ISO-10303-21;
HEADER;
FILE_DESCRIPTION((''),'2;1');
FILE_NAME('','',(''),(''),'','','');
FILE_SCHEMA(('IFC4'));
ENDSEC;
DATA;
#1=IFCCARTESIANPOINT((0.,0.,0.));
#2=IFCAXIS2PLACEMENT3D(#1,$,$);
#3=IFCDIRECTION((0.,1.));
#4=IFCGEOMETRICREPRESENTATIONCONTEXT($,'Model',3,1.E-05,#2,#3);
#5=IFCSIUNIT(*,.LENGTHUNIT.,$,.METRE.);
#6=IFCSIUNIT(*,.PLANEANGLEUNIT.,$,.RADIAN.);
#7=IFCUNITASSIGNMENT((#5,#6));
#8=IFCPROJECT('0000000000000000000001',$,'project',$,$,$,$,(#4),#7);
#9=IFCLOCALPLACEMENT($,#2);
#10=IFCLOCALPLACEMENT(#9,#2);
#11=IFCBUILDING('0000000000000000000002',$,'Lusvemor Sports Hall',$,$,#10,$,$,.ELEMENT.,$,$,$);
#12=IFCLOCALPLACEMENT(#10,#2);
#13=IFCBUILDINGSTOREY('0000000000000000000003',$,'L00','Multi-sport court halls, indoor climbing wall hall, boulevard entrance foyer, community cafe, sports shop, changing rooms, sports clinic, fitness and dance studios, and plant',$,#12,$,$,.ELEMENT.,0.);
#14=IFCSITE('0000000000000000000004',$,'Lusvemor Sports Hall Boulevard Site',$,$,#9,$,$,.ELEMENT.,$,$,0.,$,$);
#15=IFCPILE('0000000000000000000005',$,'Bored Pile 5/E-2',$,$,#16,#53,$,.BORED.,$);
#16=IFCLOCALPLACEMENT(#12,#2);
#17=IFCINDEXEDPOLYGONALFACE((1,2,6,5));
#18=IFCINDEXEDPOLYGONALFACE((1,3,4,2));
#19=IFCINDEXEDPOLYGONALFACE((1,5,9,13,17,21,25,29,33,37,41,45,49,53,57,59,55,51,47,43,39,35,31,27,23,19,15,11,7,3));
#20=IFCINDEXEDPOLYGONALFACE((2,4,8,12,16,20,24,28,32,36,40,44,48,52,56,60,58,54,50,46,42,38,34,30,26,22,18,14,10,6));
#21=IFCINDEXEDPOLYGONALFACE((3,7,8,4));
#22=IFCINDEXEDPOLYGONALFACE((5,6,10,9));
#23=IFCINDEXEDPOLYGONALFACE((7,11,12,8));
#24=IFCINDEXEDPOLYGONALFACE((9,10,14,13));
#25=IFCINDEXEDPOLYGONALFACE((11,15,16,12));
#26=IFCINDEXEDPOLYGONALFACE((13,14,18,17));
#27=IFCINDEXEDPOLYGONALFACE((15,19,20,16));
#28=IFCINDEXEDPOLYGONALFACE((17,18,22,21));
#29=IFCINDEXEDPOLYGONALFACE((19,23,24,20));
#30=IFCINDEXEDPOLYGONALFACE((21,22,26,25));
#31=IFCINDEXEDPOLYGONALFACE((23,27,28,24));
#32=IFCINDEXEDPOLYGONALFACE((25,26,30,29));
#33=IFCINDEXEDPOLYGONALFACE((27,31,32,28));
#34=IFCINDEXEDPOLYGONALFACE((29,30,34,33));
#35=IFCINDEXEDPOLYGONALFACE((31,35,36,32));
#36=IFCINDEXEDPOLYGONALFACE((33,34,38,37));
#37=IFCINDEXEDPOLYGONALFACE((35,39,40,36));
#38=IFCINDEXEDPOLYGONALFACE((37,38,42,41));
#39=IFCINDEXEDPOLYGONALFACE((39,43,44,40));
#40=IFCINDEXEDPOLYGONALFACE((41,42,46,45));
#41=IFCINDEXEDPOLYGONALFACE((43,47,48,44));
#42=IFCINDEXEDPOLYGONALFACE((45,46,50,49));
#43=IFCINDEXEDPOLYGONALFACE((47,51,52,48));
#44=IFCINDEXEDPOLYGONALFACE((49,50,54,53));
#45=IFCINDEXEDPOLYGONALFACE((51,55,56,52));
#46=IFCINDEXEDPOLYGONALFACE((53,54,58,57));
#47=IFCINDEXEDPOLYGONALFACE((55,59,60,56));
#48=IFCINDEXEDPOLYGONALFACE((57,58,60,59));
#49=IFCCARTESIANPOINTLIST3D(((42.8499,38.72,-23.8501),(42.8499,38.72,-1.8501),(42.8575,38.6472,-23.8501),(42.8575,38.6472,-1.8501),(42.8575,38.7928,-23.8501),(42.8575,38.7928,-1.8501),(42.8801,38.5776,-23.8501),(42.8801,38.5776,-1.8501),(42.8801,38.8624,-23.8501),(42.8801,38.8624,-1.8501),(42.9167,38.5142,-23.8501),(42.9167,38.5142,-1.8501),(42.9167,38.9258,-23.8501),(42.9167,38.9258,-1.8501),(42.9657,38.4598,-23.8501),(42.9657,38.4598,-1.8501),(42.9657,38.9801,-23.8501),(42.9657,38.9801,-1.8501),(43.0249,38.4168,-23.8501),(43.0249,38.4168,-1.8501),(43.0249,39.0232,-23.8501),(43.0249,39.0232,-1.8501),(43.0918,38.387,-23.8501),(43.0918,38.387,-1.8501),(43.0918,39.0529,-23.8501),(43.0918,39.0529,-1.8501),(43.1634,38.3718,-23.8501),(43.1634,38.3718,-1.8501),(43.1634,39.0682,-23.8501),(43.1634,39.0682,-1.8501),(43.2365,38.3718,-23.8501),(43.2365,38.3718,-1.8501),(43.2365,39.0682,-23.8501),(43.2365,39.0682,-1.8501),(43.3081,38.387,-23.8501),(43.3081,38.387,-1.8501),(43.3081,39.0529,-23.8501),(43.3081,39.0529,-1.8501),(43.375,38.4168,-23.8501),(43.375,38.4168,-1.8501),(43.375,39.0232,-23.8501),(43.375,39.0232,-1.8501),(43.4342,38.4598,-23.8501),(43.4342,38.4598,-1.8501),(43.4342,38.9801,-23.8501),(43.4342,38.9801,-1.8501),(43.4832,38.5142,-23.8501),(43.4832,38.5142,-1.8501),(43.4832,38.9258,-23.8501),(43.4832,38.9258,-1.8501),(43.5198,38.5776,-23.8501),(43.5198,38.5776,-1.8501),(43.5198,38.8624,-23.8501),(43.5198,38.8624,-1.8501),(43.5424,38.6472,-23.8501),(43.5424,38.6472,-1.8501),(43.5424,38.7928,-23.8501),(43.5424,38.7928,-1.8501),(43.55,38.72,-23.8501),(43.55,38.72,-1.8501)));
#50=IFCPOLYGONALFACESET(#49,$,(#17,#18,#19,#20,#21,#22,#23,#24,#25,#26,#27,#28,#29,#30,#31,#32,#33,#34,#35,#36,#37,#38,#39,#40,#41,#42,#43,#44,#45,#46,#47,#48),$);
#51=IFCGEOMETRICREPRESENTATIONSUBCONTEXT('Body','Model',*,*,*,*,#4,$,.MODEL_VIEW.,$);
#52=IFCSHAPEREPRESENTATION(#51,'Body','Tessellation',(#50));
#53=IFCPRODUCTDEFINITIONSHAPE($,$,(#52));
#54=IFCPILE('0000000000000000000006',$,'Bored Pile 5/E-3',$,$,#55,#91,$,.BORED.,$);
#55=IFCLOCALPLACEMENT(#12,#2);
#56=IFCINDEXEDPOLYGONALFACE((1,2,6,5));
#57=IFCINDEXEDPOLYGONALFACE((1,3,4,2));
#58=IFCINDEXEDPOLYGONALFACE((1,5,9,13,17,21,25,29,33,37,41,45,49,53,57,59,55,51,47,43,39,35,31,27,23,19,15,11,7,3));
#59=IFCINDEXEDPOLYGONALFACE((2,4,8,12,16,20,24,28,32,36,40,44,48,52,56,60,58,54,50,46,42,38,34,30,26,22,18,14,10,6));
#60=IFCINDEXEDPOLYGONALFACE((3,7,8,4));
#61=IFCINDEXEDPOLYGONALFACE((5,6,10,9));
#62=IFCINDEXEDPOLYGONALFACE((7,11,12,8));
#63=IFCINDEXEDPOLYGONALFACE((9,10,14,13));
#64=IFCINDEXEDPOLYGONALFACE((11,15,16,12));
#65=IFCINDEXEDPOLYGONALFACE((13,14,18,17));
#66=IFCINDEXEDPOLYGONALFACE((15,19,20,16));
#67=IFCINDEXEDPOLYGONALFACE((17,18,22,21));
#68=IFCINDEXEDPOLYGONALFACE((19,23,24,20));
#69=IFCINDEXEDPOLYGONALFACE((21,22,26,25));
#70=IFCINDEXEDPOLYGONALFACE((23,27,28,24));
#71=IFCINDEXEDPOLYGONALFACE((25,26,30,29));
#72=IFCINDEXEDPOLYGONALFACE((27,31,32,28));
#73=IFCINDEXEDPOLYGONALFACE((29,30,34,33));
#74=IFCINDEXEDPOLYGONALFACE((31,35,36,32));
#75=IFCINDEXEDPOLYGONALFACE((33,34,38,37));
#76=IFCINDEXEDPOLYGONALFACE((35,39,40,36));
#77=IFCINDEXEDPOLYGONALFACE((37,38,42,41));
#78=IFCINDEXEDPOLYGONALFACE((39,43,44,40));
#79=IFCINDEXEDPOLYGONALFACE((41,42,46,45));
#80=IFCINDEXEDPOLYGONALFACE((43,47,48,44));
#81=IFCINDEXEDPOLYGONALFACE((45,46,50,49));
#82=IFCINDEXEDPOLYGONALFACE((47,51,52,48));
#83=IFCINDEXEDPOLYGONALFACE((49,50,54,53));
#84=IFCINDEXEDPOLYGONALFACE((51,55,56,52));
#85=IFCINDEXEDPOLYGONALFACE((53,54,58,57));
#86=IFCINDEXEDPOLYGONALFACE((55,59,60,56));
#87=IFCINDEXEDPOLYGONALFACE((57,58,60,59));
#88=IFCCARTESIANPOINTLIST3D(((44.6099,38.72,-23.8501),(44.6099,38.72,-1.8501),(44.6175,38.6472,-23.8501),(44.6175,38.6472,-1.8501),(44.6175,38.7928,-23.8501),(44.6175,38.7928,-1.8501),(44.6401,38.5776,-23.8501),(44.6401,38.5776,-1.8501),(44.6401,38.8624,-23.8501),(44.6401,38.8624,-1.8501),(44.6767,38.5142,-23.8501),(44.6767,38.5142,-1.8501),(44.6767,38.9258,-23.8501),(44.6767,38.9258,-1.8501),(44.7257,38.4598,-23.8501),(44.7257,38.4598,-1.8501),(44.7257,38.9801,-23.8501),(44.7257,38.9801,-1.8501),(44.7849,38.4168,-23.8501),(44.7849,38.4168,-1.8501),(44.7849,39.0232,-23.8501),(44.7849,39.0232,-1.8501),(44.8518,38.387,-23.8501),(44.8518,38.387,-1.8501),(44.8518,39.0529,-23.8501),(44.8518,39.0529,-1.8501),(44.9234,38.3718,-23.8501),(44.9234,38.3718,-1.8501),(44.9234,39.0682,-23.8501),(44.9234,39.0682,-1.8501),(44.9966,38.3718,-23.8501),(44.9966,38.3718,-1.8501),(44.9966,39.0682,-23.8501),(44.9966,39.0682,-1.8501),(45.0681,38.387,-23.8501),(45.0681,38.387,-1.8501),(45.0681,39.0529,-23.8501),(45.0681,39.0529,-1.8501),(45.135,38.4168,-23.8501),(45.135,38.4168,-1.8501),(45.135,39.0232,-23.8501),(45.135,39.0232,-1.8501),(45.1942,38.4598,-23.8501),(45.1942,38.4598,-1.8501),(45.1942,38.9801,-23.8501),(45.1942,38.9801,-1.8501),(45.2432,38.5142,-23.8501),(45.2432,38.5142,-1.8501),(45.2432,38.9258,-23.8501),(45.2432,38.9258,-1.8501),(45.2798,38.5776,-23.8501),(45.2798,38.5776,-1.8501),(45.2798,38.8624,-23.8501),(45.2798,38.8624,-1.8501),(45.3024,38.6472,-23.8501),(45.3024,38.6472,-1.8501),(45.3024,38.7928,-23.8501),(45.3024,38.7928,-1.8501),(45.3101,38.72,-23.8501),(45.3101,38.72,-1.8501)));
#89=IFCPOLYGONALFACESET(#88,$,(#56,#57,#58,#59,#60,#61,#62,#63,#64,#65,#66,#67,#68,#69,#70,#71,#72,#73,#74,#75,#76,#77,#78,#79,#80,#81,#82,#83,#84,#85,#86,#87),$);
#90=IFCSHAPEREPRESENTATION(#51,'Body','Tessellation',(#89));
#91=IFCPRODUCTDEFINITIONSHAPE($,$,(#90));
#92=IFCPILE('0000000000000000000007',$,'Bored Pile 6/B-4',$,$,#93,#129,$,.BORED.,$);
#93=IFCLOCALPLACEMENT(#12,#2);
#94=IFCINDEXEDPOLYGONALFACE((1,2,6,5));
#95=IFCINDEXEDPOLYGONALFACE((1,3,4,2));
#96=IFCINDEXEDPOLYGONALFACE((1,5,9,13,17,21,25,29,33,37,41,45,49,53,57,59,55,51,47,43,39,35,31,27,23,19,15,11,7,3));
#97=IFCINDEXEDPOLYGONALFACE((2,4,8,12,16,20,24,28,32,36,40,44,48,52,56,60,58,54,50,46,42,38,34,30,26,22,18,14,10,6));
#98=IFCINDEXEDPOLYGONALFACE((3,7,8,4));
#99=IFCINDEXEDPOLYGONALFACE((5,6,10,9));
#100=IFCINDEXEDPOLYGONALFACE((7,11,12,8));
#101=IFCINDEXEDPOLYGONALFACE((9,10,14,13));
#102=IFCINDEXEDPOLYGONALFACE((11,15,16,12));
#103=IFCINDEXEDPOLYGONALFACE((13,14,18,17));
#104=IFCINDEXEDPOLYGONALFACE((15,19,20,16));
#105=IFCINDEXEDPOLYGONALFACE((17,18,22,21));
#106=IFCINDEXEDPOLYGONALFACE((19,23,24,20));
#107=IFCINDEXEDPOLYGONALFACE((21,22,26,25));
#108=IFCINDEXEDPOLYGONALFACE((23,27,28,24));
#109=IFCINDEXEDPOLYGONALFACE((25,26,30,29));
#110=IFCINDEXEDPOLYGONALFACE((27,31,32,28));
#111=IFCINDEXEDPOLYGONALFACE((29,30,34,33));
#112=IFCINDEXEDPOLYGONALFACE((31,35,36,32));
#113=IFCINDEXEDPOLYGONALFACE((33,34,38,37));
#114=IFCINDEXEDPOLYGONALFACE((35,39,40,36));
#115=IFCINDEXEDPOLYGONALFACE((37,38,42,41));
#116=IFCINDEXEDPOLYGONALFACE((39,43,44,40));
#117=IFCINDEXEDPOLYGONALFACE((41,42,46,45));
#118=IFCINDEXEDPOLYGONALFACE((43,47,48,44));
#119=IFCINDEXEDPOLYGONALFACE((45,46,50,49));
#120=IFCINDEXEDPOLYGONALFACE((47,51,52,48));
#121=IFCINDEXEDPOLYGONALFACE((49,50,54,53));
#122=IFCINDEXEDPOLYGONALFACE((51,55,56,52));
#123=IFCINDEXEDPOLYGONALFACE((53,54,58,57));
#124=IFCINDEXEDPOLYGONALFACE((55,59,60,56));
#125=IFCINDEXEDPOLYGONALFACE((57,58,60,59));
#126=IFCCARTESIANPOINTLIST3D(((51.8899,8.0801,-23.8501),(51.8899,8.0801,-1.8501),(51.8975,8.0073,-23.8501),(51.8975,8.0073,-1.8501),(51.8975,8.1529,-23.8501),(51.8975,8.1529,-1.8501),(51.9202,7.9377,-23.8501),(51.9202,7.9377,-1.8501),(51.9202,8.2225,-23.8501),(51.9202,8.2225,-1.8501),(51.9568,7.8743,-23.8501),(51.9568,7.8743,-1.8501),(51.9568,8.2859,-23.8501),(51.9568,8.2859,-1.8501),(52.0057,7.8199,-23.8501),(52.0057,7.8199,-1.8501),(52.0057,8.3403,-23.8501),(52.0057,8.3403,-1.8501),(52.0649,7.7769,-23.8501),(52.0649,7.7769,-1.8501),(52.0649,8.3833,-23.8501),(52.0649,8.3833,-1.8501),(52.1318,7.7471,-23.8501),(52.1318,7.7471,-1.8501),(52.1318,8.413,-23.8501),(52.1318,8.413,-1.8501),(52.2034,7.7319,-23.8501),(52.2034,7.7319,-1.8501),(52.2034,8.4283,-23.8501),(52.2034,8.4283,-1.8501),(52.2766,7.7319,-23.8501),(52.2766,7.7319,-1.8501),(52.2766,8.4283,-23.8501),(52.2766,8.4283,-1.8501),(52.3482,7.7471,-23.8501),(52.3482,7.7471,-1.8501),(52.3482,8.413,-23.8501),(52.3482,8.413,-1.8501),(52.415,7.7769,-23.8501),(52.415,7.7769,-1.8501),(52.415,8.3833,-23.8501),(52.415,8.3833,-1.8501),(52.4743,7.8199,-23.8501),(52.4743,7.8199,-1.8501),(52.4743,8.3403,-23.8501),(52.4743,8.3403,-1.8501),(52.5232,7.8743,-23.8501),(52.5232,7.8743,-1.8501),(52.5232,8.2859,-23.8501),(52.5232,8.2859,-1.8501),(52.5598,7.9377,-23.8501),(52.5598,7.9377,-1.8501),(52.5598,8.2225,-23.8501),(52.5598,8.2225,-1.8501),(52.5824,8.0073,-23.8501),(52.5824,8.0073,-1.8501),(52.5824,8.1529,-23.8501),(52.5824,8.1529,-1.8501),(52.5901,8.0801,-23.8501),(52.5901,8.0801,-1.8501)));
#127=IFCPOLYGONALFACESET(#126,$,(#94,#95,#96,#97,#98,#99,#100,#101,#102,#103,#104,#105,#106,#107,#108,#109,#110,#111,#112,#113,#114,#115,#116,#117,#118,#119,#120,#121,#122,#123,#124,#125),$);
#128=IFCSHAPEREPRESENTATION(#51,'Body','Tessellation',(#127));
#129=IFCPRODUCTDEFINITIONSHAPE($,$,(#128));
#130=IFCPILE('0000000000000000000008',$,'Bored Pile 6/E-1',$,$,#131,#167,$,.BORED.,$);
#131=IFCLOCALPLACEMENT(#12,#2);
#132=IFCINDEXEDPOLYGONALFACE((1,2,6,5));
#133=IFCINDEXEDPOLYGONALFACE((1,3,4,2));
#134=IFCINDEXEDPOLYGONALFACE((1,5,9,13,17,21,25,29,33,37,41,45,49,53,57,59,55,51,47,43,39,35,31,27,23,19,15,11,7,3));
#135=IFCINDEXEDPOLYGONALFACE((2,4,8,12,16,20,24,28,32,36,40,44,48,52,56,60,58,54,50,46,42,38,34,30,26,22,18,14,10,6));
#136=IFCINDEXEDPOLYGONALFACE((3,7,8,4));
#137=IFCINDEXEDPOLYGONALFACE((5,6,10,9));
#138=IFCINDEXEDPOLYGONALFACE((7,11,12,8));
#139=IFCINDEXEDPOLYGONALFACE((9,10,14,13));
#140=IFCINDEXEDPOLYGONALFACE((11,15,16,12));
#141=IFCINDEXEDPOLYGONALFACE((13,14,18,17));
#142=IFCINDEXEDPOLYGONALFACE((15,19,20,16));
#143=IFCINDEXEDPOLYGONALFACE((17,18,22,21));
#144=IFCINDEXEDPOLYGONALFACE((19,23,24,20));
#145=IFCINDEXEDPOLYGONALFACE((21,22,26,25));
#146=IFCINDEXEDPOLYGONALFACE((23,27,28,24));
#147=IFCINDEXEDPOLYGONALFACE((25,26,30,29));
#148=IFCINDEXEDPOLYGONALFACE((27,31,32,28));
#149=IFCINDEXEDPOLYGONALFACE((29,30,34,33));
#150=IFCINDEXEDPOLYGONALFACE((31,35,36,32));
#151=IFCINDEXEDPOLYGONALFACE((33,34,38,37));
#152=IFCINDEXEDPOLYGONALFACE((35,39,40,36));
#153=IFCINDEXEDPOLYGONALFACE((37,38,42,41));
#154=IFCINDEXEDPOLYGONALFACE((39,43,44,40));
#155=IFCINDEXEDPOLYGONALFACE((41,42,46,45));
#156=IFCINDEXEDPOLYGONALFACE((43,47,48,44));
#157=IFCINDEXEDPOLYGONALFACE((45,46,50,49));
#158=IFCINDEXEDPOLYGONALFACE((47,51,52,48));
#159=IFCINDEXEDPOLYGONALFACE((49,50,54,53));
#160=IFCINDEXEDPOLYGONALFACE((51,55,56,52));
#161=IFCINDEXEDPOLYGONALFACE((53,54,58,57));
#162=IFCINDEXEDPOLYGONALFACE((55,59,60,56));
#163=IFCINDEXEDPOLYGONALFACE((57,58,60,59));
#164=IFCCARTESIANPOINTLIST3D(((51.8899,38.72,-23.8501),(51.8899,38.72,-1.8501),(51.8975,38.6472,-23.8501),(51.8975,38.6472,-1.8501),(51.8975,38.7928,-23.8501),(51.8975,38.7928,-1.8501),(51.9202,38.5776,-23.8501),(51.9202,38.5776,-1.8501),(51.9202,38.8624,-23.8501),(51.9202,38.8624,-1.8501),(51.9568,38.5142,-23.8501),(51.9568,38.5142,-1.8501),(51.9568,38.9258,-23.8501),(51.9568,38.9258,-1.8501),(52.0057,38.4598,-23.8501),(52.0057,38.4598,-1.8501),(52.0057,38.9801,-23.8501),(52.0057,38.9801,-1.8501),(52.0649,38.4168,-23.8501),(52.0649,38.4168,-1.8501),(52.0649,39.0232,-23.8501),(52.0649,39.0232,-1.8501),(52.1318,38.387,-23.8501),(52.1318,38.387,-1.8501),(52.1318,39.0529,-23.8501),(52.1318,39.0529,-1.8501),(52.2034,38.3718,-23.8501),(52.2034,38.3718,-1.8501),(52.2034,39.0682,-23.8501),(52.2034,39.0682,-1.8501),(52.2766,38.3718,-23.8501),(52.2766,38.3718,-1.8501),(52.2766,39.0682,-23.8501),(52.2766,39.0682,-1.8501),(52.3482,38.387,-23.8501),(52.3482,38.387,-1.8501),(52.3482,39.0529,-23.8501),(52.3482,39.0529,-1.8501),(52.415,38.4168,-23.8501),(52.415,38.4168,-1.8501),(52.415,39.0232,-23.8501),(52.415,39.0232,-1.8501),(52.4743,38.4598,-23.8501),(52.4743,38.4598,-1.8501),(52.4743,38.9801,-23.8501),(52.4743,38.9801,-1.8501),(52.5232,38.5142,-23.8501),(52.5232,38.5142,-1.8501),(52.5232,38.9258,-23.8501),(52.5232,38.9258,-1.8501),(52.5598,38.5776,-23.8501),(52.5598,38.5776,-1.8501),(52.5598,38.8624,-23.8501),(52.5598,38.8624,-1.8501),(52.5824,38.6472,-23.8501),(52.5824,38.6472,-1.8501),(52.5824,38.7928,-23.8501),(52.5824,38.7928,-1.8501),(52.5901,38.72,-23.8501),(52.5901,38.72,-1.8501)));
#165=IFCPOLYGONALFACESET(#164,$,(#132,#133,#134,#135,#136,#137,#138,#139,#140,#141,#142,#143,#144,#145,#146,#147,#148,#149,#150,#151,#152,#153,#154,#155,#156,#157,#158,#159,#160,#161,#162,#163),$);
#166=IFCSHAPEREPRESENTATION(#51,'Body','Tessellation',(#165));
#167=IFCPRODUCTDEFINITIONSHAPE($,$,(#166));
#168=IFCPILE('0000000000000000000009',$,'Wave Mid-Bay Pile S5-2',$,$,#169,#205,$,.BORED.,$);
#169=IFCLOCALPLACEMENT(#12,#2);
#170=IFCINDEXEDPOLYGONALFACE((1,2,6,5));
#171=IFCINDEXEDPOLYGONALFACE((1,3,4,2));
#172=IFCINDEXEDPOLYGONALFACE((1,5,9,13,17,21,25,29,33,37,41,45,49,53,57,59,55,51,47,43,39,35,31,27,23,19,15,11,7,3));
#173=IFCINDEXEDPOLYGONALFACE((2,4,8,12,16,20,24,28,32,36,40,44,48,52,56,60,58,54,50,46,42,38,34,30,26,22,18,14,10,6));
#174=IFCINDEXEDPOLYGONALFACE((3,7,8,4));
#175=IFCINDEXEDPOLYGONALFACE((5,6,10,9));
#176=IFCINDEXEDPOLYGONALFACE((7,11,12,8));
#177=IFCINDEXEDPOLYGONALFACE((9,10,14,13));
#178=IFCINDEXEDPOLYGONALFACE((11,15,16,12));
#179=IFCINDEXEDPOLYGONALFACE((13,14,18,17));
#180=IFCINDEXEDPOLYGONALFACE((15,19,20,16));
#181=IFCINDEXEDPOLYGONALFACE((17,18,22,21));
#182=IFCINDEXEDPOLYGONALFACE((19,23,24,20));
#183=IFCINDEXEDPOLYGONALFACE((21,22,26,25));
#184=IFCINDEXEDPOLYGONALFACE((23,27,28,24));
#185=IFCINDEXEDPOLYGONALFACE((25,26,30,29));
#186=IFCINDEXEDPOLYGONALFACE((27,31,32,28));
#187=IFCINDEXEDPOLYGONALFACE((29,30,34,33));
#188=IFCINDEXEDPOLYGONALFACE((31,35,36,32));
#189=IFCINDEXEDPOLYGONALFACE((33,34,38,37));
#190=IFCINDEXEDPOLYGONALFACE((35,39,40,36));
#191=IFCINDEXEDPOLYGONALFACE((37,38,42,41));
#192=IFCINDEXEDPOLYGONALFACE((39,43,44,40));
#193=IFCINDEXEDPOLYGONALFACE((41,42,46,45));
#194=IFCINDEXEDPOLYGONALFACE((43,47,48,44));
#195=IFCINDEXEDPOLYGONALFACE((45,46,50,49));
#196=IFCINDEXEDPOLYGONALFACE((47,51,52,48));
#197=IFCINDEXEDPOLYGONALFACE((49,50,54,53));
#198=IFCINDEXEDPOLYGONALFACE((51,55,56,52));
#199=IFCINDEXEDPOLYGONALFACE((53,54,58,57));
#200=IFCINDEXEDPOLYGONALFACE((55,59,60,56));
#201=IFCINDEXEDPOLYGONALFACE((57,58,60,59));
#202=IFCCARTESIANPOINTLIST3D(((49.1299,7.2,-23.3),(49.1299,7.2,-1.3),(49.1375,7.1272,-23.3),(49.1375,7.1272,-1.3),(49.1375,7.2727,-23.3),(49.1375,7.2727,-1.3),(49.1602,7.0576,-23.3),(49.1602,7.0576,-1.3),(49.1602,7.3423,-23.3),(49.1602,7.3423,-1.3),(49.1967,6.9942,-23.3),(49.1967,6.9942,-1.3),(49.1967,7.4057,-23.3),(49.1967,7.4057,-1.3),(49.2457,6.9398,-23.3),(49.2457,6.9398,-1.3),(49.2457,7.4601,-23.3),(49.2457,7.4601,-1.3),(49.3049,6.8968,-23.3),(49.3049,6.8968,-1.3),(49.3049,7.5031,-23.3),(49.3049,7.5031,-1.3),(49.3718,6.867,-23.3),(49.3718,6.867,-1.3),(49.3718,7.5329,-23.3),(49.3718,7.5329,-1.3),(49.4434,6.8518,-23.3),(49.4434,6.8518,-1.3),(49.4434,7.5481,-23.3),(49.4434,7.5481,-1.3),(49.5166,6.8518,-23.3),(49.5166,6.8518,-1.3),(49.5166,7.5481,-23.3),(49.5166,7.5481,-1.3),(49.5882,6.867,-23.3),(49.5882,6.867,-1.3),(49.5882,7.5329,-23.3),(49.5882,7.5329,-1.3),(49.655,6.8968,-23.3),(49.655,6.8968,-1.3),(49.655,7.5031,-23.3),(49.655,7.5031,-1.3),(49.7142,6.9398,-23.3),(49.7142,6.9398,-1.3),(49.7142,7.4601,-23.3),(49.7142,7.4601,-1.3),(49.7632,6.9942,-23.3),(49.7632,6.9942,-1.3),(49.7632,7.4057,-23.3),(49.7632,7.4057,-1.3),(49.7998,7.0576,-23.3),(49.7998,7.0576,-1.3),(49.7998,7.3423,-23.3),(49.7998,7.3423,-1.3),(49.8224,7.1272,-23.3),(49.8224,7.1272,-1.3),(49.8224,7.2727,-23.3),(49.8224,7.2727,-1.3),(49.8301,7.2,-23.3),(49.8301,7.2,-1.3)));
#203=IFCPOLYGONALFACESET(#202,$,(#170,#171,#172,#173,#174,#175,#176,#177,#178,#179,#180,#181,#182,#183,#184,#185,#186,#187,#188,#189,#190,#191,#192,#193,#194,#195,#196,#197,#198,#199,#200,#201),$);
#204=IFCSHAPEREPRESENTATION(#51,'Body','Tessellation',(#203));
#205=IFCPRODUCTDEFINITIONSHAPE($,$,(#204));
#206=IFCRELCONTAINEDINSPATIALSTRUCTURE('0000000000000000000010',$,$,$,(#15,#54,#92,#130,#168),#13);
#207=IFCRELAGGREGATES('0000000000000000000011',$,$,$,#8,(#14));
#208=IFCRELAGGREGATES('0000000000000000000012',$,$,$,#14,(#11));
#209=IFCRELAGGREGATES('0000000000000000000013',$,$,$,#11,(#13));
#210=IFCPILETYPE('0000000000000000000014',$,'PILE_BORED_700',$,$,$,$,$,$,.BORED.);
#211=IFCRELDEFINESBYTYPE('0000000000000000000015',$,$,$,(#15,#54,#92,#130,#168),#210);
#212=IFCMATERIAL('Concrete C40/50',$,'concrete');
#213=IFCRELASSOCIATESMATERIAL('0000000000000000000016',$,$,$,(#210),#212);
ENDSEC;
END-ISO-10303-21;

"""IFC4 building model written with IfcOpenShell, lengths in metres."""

from ifc_helpers import new_model, si_unit, direction, frame, origin, origin_2d, place, context, subcontext, project, spatial, circle, extrude, material, material_profile, profile_set, type_object, element, save


model = new_model("IFC4")

# Units and contexts
model_context = context("Model", 3, precision=1e-05, world=origin(), true_north=direction((0.0, 1.0)))
body_context = subcontext(model_context, "Body", "Model", "MODEL_VIEW")
ifc_project = project(units=[si_unit("LENGTHUNIT", "METRE"), si_unit("PLANEANGLEUNIT", "RADIAN")], contexts=[model_context])

# Site, building, storey
site_placement = place(None, origin())
site = spatial("IfcSite", under=ifc_project, at=site_placement, Name="Lusvemor Sports Hall Boulevard Site", CompositionType="ELEMENT", RefElevation=0.0)
building_placement = place(site_placement, origin())
building = spatial("IfcBuilding", under=site, at=building_placement, Name="Lusvemor Sports Hall", CompositionType="ELEMENT")
storey_placement = place(building_placement, origin())
storey = spatial("IfcBuildingStorey", under=building, at=storey_placement, Name="L00", Description="Multi-sport court halls, indoor climbing wall hall, boulevard entrance foyer, community cafe, sports shop, changing rooms, sports clinic, fitness and dance studios, and plant", CompositionType="ELEMENT", Elevation=0.0)

# Piles
ifc_material_1 = material(Name="Concrete C40/50", Category="concrete")
ifc_material_profile_1 = material_profile(ifc_material_1, circle(Radius=0.3501, at=origin_2d()), Name="PILE700")
ifc_profile_set_1 = profile_set([ifc_material_profile_1], Name="Concrete C40/50")
pile_type = type_object("IfcPileType", Name="PILE_BORED_700", PredefinedType="BORED", material=ifc_profile_set_1)
for number, where, z_axis, x_axis, name in (
    (1, (43.2, 38.72, -1.8501), (0.0, 0.0, -1.0), (1.0, 0.0, 0.0), "Bored Pile 5/E-2"),
    (2, (44.96, 38.72, -1.8501), (0.0, 0.0, -1.0), (1.0, 0.0, 0.0), "Bored Pile 5/E-3"),
    (3, (52.24, 8.0801, -1.8501), (0.0, 0.0, -1.0), (1.0, 0.0, 0.0), "Bored Pile 6/B-4"),
    (4, (52.24, 38.72, -1.8501), (0.0, 0.0, -1.0), (1.0, 0.0, 0.0), "Bored Pile 6/E-1"),
    (5, (49.48, 7.2, -1.3), (0.0, 0.0, -1.0), (1.0, 0.0, 0.0), "Wave Mid-Bay Pile S5-2"),
):
    element("IfcPile", number, at=place(storey_placement, frame(where, z_axis=z_axis, x_axis=x_axis)), inside=storey, type_object=pile_type, Name=name, PredefinedType="BORED", context=body_context, shape_type="SweptSolid", body=[
        extrude(circle(Radius=0.3501, at=origin_2d()), origin(), (0.0, 0.0, 1.0), 22.0),
    ])

save(model, "model.ifc")
